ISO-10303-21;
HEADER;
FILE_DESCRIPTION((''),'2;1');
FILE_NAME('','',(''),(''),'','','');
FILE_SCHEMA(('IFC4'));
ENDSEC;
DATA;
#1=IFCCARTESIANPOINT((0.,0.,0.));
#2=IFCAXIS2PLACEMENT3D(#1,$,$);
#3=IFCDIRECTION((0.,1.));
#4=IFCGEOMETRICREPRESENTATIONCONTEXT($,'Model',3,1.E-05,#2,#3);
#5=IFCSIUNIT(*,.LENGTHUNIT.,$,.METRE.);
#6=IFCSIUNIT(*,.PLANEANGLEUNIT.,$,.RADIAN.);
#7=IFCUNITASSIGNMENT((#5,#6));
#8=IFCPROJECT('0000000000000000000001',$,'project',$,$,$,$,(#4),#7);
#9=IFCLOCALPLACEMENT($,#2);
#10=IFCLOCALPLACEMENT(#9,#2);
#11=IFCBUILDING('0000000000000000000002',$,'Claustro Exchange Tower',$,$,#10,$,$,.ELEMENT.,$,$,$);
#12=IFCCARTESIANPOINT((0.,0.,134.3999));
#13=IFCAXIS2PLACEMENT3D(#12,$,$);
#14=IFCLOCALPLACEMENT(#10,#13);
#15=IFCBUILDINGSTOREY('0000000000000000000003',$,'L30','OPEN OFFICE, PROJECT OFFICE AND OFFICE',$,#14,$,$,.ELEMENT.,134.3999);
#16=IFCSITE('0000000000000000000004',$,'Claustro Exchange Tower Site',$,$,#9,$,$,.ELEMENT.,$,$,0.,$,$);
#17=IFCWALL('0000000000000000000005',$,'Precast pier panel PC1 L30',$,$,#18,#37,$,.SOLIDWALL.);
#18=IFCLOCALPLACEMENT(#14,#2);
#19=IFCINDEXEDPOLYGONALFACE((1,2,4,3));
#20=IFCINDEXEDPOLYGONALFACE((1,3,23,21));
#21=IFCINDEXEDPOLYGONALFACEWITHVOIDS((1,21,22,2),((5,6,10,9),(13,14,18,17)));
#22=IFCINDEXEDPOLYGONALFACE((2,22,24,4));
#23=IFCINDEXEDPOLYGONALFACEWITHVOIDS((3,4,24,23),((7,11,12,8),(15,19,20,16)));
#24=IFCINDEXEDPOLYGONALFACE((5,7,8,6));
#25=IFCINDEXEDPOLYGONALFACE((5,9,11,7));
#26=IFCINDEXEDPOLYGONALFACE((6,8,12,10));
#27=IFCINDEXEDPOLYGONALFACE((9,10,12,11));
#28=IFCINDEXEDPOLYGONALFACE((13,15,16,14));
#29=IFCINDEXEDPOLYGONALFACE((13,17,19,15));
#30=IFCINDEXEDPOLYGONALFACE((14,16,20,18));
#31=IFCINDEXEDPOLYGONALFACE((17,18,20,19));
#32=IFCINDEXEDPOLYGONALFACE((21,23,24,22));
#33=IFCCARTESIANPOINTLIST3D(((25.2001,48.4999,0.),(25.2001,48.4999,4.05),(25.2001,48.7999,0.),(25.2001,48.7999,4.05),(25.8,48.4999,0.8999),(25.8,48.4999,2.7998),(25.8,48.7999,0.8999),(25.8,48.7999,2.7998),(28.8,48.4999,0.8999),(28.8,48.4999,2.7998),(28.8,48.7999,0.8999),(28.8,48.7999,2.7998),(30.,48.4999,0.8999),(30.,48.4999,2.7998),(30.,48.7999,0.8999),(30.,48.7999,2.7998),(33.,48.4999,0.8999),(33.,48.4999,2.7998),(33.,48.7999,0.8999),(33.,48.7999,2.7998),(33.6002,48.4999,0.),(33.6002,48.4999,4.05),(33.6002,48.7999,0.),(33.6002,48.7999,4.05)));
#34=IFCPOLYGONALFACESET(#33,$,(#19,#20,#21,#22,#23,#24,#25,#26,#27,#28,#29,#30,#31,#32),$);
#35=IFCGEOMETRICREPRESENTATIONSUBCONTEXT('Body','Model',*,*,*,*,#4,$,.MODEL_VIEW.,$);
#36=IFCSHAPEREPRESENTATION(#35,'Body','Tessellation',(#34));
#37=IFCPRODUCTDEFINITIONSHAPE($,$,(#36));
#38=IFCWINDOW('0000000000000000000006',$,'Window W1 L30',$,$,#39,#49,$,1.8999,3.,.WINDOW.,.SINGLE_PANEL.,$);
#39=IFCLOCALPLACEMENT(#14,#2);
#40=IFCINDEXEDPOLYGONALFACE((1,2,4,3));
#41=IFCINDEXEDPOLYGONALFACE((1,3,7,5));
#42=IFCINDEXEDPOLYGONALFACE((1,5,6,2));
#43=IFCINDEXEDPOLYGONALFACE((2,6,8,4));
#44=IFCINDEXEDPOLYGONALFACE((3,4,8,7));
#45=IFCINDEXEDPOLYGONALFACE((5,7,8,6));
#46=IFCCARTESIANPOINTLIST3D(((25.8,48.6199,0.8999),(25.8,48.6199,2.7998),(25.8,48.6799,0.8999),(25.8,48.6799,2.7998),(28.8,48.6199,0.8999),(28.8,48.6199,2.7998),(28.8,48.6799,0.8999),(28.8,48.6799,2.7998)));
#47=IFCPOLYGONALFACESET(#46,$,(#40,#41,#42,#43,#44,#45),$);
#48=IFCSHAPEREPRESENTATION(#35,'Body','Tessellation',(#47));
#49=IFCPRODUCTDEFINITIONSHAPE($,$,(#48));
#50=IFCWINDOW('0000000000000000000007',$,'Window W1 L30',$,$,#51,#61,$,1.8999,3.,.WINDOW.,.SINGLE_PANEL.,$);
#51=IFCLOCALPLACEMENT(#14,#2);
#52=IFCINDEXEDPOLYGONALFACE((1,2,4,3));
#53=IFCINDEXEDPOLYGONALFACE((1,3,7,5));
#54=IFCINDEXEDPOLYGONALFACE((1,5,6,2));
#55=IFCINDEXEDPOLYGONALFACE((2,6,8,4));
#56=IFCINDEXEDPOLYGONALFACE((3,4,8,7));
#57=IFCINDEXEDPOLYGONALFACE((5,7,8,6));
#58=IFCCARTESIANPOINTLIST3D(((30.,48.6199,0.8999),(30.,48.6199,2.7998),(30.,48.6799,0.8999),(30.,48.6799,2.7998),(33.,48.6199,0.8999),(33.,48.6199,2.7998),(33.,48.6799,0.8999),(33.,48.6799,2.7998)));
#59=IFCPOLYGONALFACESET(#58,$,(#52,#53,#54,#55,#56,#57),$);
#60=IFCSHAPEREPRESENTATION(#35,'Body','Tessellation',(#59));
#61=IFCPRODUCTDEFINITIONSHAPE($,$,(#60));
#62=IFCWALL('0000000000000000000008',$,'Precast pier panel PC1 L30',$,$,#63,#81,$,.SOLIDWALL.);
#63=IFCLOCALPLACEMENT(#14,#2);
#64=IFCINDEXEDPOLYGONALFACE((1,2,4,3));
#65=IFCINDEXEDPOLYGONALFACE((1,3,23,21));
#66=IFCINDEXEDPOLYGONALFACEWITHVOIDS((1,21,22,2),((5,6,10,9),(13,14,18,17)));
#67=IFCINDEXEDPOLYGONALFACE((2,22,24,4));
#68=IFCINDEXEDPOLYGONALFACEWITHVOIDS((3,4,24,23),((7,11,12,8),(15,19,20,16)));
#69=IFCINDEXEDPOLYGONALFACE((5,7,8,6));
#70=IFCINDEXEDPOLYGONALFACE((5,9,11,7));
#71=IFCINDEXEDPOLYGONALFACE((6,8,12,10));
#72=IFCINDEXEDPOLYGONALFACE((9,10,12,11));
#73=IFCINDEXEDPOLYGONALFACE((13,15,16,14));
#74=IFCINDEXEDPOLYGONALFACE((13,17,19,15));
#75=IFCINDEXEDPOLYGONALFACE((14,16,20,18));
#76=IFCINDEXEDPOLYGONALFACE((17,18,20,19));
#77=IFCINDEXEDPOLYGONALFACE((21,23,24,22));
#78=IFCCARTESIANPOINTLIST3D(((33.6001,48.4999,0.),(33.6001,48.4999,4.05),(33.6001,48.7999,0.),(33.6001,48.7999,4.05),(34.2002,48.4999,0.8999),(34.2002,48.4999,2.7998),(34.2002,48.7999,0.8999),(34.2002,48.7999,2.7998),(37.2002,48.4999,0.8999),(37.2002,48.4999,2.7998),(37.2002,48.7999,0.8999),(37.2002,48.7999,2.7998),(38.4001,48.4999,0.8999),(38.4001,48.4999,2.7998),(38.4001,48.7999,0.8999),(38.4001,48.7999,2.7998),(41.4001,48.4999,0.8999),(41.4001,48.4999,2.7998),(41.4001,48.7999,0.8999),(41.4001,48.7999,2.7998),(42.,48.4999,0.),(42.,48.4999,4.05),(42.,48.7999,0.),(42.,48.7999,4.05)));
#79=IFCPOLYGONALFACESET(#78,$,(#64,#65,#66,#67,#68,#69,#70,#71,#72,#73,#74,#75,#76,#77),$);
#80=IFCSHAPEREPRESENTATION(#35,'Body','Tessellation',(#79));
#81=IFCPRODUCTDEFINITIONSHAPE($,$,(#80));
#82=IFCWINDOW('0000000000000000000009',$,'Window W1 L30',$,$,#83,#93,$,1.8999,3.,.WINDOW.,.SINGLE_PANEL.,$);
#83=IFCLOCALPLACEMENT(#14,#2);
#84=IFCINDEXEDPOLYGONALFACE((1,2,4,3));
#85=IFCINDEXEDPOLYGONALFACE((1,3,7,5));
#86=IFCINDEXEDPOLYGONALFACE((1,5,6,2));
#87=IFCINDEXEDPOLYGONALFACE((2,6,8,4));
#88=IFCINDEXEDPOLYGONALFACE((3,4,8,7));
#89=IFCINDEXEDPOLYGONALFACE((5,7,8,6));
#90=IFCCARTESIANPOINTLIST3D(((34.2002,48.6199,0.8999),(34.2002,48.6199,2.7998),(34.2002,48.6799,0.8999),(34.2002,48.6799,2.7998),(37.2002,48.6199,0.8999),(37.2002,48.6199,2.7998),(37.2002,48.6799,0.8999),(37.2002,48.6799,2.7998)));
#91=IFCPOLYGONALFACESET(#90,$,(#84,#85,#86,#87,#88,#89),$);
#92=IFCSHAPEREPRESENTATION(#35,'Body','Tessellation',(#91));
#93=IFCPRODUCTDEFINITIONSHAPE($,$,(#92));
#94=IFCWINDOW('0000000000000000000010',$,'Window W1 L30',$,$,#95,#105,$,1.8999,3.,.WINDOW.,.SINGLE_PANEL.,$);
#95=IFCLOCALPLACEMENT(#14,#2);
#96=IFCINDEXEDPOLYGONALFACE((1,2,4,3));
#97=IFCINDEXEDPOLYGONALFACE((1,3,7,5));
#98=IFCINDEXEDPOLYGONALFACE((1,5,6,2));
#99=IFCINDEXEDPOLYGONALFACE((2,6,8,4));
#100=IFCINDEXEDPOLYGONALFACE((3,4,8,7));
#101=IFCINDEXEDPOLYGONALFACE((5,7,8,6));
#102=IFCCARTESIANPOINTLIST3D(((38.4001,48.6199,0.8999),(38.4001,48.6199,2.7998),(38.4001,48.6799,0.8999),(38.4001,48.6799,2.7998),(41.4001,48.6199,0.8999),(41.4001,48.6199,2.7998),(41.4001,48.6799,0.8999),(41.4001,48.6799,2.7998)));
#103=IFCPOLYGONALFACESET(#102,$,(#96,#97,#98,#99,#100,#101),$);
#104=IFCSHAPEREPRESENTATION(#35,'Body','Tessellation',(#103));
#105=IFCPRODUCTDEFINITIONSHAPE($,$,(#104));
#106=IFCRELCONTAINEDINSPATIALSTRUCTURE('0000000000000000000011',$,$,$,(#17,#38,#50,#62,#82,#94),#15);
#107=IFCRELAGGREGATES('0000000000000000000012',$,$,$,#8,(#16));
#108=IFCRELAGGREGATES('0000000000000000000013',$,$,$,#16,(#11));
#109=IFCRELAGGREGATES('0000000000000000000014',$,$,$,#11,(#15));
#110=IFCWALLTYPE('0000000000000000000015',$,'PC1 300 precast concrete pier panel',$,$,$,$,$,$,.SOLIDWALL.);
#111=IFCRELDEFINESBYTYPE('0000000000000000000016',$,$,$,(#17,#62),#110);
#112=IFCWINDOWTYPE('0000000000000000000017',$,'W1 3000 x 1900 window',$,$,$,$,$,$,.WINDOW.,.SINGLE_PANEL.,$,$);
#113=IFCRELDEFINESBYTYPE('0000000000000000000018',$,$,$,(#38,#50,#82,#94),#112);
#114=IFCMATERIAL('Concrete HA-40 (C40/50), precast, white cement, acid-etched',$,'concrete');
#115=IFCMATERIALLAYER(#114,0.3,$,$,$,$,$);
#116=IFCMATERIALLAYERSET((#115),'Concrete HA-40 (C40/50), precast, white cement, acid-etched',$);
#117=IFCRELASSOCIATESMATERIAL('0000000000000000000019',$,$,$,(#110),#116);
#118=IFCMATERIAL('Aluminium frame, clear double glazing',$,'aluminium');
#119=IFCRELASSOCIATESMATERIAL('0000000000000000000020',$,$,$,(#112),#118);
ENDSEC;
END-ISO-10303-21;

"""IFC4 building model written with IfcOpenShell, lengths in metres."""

from ifc_helpers import new_model, si_unit, direction, frame, frame_2d, origin, place, context, subcontext, project, spatial, rectangle, extrude, material, layer, layer_set, type_object, element, fill, save


model = new_model("IFC4")

# Units and contexts
model_context = context("Model", 3, precision=1e-05, world=origin(), true_north=direction((0.0, 1.0)))
body_context = subcontext(model_context, "Body", "Model", "MODEL_VIEW")
ifc_project = project(units=[si_unit("LENGTHUNIT", "METRE"), si_unit("PLANEANGLEUNIT", "RADIAN")], contexts=[model_context])

# Site, building, storey
site_placement = place(None, origin())
site = spatial("IfcSite", under=ifc_project, at=site_placement, Name="Claustro Exchange Tower Site", CompositionType="ELEMENT", RefElevation=0.0)
building_placement = place(site_placement, origin())
building = spatial("IfcBuilding", under=site, at=building_placement, Name="Claustro Exchange Tower", CompositionType="ELEMENT")
storey_placement = place(building_placement, frame((0.0, 0.0, 134.3999)))
storey = spatial("IfcBuildingStorey", under=building, at=storey_placement, Name="L30", Description="OPEN OFFICE, PROJECT OFFICE AND OFFICE", CompositionType="ELEMENT", Elevation=134.3999)

# Walls, openings, windows
ifc_material_1 = material(Name="Concrete HA-40 (C40/50), precast, white cement, acid-etched", Category="concrete")
ifc_layer_1 = layer(ifc_material_1, 0.3)
ifc_layer_set_1 = layer_set([ifc_layer_1], Name="Concrete HA-40 (C40/50), precast, white cement, acid-etched")
wall_type_1 = type_object("IfcWallType", Name="PC1 300 precast concrete pier panel", PredefinedType="SOLIDWALL", material=ifc_layer_set_1)
wall_1_placement = place(storey_placement, frame((25.2, 48.6499, 0.0), z_axis=(0.0, 0.0, 1.0), x_axis=(1.0, 0.0, 0.0)))
wall_1 = element("IfcWall", 1, at=wall_1_placement, inside=storey, type_object=wall_type_1, Name="Precast pier panel PC1 L30", PredefinedType="SOLIDWALL", context=body_context, shape_type="SweptSolid", body=[
    extrude(rectangle(XDim=8.4001, YDim=0.3, at=frame_2d((4.2002, 0.0))), origin(), (0.0, 0.0, 1.0), 4.05),
])
opening_1_placement = place(wall_1_placement, frame((0.6001, 0.0, 0.8999)))
opening_1 = element("IfcOpeningElement", 2, at=opening_1_placement, cuts=wall_1, PredefinedType="OPENING", context=body_context, shape_type="SweptSolid", body=[
    extrude(rectangle(XDim=3.0, YDim=1.8999, at=frame_2d((1.5, 0.95))), frame((0.0, 0.1599, 0.0), z_axis=(0.0, -1.0, 0.0), x_axis=(1.0, 0.0, 0.0)), (0.0, 0.0, 1.0), 0.3201),
])
opening_2_placement = place(wall_1_placement, frame((4.8, 0.0, 0.8999)))
opening_2 = element("IfcOpeningElement", 3, at=opening_2_placement, cuts=wall_1, PredefinedType="OPENING", context=body_context, shape_type="SweptSolid", body=[
    extrude(rectangle(XDim=3.0, YDim=1.8999, at=frame_2d((1.5, 0.95))), frame((0.0, 0.1599, 0.0), z_axis=(0.0, -1.0, 0.0), x_axis=(1.0, 0.0, 0.0)), (0.0, 0.0, 1.0), 0.3201),
])
ifc_material_2 = material(Name="Aluminium frame, clear double glazing", Category="aluminium")
window_type = type_object("IfcWindowType", Name="W1 3000 x 1900 window", PartitioningType="SINGLE_PANEL", PredefinedType="WINDOW", material=ifc_material_2)
window_1_placement = place(opening_1_placement, origin())
window_1 = element("IfcWindow", 4, at=window_1_placement, inside=storey, type_object=window_type, Name="Window W1 L30", OverallHeight=1.8999, OverallWidth=3.0, PartitioningType="SINGLE_PANEL", PredefinedType="WINDOW", context=body_context, shape_type="SweptSolid", body=[
    extrude(rectangle(XDim=3.0, YDim=1.8999, at=frame_2d((1.5, 0.95))), frame((0.0, 0.03, 0.0), z_axis=(0.0, -1.0, 0.0), x_axis=(1.0, 0.0, 0.0)), (0.0, 0.0, 1.0), 0.0601),
])
fill(opening_1, window_1)
window_2_placement = place(opening_2_placement, origin())
window_2 = element("IfcWindow", 5, at=window_2_placement, inside=storey, type_object=window_type, Name="Window W1 L30", OverallHeight=1.8999, OverallWidth=3.0, PartitioningType="SINGLE_PANEL", PredefinedType="WINDOW", context=body_context, shape_type="SweptSolid", body=[
    extrude(rectangle(XDim=3.0, YDim=1.8999, at=frame_2d((1.5, 0.95))), frame((0.0, 0.03, 0.0), z_axis=(0.0, -1.0, 0.0), x_axis=(1.0, 0.0, 0.0)), (0.0, 0.0, 1.0), 0.0601),
])
fill(opening_2, window_2)
wall_2_placement = place(storey_placement, frame((33.6001, 48.6499, 0.0), z_axis=(0.0, 0.0, 1.0), x_axis=(1.0, 0.0, 0.0)))
wall_2 = element("IfcWall", 6, at=wall_2_placement, inside=storey, type_object=wall_type_1, Name="Precast pier panel PC1 L30", PredefinedType="SOLIDWALL", context=body_context, shape_type="SweptSolid", body=[
    extrude(rectangle(XDim=8.3999, YDim=0.3, at=frame_2d((4.2, 0.0))), origin(), (0.0, 0.0, 1.0), 4.05),
])
opening_3_placement = place(wall_2_placement, frame((0.6001, 0.0, 0.8999)))
opening_3 = element("IfcOpeningElement", 7, at=opening_3_placement, cuts=wall_2, PredefinedType="OPENING", context=body_context, shape_type="SweptSolid", body=[
    extrude(rectangle(XDim=3.0, YDim=1.8999, at=frame_2d((1.5, 0.95))), frame((0.0, 0.1599, 0.0), z_axis=(0.0, -1.0, 0.0), x_axis=(1.0, 0.0, 0.0)), (0.0, 0.0, 1.0), 0.3201),
])
opening_4_placement = place(wall_2_placement, frame((4.8, 0.0, 0.8999)))
opening_4 = element("IfcOpeningElement", 8, at=opening_4_placement, cuts=wall_2, PredefinedType="OPENING", context=body_context, shape_type="SweptSolid", body=[
    extrude(rectangle(XDim=3.0, YDim=1.8999, at=frame_2d((1.5, 0.95))), frame((0.0, 0.1599, 0.0), z_axis=(0.0, -1.0, 0.0), x_axis=(1.0, 0.0, 0.0)), (0.0, 0.0, 1.0), 0.3201),
])
window_3_placement = place(opening_3_placement, origin())
window_3 = element("IfcWindow", 9, at=window_3_placement, inside=storey, type_object=window_type, Name="Window W1 L30", OverallHeight=1.8999, OverallWidth=3.0, PartitioningType="SINGLE_PANEL", PredefinedType="WINDOW", context=body_context, shape_type="SweptSolid", body=[
    extrude(rectangle(XDim=3.0, YDim=1.8999, at=frame_2d((1.5, 0.95))), frame((0.0, 0.03, 0.0), z_axis=(0.0, -1.0, 0.0), x_axis=(1.0, 0.0, 0.0)), (0.0, 0.0, 1.0), 0.0601),
])
fill(opening_3, window_3)
window_4_placement = place(opening_4_placement, origin())
window_4 = element("IfcWindow", 10, at=window_4_placement, inside=storey, type_object=window_type, Name="Window W1 L30", OverallHeight=1.8999, OverallWidth=3.0, PartitioningType="SINGLE_PANEL", PredefinedType="WINDOW", context=body_context, shape_type="SweptSolid", body=[
    extrude(rectangle(XDim=3.0, YDim=1.8999, at=frame_2d((1.5, 0.95))), frame((0.0, 0.03, 0.0), z_axis=(0.0, -1.0, 0.0), x_axis=(1.0, 0.0, 0.0)), (0.0, 0.0, 1.0), 0.0601),
])
fill(opening_4, window_4)

save(model, "model.ifc")
